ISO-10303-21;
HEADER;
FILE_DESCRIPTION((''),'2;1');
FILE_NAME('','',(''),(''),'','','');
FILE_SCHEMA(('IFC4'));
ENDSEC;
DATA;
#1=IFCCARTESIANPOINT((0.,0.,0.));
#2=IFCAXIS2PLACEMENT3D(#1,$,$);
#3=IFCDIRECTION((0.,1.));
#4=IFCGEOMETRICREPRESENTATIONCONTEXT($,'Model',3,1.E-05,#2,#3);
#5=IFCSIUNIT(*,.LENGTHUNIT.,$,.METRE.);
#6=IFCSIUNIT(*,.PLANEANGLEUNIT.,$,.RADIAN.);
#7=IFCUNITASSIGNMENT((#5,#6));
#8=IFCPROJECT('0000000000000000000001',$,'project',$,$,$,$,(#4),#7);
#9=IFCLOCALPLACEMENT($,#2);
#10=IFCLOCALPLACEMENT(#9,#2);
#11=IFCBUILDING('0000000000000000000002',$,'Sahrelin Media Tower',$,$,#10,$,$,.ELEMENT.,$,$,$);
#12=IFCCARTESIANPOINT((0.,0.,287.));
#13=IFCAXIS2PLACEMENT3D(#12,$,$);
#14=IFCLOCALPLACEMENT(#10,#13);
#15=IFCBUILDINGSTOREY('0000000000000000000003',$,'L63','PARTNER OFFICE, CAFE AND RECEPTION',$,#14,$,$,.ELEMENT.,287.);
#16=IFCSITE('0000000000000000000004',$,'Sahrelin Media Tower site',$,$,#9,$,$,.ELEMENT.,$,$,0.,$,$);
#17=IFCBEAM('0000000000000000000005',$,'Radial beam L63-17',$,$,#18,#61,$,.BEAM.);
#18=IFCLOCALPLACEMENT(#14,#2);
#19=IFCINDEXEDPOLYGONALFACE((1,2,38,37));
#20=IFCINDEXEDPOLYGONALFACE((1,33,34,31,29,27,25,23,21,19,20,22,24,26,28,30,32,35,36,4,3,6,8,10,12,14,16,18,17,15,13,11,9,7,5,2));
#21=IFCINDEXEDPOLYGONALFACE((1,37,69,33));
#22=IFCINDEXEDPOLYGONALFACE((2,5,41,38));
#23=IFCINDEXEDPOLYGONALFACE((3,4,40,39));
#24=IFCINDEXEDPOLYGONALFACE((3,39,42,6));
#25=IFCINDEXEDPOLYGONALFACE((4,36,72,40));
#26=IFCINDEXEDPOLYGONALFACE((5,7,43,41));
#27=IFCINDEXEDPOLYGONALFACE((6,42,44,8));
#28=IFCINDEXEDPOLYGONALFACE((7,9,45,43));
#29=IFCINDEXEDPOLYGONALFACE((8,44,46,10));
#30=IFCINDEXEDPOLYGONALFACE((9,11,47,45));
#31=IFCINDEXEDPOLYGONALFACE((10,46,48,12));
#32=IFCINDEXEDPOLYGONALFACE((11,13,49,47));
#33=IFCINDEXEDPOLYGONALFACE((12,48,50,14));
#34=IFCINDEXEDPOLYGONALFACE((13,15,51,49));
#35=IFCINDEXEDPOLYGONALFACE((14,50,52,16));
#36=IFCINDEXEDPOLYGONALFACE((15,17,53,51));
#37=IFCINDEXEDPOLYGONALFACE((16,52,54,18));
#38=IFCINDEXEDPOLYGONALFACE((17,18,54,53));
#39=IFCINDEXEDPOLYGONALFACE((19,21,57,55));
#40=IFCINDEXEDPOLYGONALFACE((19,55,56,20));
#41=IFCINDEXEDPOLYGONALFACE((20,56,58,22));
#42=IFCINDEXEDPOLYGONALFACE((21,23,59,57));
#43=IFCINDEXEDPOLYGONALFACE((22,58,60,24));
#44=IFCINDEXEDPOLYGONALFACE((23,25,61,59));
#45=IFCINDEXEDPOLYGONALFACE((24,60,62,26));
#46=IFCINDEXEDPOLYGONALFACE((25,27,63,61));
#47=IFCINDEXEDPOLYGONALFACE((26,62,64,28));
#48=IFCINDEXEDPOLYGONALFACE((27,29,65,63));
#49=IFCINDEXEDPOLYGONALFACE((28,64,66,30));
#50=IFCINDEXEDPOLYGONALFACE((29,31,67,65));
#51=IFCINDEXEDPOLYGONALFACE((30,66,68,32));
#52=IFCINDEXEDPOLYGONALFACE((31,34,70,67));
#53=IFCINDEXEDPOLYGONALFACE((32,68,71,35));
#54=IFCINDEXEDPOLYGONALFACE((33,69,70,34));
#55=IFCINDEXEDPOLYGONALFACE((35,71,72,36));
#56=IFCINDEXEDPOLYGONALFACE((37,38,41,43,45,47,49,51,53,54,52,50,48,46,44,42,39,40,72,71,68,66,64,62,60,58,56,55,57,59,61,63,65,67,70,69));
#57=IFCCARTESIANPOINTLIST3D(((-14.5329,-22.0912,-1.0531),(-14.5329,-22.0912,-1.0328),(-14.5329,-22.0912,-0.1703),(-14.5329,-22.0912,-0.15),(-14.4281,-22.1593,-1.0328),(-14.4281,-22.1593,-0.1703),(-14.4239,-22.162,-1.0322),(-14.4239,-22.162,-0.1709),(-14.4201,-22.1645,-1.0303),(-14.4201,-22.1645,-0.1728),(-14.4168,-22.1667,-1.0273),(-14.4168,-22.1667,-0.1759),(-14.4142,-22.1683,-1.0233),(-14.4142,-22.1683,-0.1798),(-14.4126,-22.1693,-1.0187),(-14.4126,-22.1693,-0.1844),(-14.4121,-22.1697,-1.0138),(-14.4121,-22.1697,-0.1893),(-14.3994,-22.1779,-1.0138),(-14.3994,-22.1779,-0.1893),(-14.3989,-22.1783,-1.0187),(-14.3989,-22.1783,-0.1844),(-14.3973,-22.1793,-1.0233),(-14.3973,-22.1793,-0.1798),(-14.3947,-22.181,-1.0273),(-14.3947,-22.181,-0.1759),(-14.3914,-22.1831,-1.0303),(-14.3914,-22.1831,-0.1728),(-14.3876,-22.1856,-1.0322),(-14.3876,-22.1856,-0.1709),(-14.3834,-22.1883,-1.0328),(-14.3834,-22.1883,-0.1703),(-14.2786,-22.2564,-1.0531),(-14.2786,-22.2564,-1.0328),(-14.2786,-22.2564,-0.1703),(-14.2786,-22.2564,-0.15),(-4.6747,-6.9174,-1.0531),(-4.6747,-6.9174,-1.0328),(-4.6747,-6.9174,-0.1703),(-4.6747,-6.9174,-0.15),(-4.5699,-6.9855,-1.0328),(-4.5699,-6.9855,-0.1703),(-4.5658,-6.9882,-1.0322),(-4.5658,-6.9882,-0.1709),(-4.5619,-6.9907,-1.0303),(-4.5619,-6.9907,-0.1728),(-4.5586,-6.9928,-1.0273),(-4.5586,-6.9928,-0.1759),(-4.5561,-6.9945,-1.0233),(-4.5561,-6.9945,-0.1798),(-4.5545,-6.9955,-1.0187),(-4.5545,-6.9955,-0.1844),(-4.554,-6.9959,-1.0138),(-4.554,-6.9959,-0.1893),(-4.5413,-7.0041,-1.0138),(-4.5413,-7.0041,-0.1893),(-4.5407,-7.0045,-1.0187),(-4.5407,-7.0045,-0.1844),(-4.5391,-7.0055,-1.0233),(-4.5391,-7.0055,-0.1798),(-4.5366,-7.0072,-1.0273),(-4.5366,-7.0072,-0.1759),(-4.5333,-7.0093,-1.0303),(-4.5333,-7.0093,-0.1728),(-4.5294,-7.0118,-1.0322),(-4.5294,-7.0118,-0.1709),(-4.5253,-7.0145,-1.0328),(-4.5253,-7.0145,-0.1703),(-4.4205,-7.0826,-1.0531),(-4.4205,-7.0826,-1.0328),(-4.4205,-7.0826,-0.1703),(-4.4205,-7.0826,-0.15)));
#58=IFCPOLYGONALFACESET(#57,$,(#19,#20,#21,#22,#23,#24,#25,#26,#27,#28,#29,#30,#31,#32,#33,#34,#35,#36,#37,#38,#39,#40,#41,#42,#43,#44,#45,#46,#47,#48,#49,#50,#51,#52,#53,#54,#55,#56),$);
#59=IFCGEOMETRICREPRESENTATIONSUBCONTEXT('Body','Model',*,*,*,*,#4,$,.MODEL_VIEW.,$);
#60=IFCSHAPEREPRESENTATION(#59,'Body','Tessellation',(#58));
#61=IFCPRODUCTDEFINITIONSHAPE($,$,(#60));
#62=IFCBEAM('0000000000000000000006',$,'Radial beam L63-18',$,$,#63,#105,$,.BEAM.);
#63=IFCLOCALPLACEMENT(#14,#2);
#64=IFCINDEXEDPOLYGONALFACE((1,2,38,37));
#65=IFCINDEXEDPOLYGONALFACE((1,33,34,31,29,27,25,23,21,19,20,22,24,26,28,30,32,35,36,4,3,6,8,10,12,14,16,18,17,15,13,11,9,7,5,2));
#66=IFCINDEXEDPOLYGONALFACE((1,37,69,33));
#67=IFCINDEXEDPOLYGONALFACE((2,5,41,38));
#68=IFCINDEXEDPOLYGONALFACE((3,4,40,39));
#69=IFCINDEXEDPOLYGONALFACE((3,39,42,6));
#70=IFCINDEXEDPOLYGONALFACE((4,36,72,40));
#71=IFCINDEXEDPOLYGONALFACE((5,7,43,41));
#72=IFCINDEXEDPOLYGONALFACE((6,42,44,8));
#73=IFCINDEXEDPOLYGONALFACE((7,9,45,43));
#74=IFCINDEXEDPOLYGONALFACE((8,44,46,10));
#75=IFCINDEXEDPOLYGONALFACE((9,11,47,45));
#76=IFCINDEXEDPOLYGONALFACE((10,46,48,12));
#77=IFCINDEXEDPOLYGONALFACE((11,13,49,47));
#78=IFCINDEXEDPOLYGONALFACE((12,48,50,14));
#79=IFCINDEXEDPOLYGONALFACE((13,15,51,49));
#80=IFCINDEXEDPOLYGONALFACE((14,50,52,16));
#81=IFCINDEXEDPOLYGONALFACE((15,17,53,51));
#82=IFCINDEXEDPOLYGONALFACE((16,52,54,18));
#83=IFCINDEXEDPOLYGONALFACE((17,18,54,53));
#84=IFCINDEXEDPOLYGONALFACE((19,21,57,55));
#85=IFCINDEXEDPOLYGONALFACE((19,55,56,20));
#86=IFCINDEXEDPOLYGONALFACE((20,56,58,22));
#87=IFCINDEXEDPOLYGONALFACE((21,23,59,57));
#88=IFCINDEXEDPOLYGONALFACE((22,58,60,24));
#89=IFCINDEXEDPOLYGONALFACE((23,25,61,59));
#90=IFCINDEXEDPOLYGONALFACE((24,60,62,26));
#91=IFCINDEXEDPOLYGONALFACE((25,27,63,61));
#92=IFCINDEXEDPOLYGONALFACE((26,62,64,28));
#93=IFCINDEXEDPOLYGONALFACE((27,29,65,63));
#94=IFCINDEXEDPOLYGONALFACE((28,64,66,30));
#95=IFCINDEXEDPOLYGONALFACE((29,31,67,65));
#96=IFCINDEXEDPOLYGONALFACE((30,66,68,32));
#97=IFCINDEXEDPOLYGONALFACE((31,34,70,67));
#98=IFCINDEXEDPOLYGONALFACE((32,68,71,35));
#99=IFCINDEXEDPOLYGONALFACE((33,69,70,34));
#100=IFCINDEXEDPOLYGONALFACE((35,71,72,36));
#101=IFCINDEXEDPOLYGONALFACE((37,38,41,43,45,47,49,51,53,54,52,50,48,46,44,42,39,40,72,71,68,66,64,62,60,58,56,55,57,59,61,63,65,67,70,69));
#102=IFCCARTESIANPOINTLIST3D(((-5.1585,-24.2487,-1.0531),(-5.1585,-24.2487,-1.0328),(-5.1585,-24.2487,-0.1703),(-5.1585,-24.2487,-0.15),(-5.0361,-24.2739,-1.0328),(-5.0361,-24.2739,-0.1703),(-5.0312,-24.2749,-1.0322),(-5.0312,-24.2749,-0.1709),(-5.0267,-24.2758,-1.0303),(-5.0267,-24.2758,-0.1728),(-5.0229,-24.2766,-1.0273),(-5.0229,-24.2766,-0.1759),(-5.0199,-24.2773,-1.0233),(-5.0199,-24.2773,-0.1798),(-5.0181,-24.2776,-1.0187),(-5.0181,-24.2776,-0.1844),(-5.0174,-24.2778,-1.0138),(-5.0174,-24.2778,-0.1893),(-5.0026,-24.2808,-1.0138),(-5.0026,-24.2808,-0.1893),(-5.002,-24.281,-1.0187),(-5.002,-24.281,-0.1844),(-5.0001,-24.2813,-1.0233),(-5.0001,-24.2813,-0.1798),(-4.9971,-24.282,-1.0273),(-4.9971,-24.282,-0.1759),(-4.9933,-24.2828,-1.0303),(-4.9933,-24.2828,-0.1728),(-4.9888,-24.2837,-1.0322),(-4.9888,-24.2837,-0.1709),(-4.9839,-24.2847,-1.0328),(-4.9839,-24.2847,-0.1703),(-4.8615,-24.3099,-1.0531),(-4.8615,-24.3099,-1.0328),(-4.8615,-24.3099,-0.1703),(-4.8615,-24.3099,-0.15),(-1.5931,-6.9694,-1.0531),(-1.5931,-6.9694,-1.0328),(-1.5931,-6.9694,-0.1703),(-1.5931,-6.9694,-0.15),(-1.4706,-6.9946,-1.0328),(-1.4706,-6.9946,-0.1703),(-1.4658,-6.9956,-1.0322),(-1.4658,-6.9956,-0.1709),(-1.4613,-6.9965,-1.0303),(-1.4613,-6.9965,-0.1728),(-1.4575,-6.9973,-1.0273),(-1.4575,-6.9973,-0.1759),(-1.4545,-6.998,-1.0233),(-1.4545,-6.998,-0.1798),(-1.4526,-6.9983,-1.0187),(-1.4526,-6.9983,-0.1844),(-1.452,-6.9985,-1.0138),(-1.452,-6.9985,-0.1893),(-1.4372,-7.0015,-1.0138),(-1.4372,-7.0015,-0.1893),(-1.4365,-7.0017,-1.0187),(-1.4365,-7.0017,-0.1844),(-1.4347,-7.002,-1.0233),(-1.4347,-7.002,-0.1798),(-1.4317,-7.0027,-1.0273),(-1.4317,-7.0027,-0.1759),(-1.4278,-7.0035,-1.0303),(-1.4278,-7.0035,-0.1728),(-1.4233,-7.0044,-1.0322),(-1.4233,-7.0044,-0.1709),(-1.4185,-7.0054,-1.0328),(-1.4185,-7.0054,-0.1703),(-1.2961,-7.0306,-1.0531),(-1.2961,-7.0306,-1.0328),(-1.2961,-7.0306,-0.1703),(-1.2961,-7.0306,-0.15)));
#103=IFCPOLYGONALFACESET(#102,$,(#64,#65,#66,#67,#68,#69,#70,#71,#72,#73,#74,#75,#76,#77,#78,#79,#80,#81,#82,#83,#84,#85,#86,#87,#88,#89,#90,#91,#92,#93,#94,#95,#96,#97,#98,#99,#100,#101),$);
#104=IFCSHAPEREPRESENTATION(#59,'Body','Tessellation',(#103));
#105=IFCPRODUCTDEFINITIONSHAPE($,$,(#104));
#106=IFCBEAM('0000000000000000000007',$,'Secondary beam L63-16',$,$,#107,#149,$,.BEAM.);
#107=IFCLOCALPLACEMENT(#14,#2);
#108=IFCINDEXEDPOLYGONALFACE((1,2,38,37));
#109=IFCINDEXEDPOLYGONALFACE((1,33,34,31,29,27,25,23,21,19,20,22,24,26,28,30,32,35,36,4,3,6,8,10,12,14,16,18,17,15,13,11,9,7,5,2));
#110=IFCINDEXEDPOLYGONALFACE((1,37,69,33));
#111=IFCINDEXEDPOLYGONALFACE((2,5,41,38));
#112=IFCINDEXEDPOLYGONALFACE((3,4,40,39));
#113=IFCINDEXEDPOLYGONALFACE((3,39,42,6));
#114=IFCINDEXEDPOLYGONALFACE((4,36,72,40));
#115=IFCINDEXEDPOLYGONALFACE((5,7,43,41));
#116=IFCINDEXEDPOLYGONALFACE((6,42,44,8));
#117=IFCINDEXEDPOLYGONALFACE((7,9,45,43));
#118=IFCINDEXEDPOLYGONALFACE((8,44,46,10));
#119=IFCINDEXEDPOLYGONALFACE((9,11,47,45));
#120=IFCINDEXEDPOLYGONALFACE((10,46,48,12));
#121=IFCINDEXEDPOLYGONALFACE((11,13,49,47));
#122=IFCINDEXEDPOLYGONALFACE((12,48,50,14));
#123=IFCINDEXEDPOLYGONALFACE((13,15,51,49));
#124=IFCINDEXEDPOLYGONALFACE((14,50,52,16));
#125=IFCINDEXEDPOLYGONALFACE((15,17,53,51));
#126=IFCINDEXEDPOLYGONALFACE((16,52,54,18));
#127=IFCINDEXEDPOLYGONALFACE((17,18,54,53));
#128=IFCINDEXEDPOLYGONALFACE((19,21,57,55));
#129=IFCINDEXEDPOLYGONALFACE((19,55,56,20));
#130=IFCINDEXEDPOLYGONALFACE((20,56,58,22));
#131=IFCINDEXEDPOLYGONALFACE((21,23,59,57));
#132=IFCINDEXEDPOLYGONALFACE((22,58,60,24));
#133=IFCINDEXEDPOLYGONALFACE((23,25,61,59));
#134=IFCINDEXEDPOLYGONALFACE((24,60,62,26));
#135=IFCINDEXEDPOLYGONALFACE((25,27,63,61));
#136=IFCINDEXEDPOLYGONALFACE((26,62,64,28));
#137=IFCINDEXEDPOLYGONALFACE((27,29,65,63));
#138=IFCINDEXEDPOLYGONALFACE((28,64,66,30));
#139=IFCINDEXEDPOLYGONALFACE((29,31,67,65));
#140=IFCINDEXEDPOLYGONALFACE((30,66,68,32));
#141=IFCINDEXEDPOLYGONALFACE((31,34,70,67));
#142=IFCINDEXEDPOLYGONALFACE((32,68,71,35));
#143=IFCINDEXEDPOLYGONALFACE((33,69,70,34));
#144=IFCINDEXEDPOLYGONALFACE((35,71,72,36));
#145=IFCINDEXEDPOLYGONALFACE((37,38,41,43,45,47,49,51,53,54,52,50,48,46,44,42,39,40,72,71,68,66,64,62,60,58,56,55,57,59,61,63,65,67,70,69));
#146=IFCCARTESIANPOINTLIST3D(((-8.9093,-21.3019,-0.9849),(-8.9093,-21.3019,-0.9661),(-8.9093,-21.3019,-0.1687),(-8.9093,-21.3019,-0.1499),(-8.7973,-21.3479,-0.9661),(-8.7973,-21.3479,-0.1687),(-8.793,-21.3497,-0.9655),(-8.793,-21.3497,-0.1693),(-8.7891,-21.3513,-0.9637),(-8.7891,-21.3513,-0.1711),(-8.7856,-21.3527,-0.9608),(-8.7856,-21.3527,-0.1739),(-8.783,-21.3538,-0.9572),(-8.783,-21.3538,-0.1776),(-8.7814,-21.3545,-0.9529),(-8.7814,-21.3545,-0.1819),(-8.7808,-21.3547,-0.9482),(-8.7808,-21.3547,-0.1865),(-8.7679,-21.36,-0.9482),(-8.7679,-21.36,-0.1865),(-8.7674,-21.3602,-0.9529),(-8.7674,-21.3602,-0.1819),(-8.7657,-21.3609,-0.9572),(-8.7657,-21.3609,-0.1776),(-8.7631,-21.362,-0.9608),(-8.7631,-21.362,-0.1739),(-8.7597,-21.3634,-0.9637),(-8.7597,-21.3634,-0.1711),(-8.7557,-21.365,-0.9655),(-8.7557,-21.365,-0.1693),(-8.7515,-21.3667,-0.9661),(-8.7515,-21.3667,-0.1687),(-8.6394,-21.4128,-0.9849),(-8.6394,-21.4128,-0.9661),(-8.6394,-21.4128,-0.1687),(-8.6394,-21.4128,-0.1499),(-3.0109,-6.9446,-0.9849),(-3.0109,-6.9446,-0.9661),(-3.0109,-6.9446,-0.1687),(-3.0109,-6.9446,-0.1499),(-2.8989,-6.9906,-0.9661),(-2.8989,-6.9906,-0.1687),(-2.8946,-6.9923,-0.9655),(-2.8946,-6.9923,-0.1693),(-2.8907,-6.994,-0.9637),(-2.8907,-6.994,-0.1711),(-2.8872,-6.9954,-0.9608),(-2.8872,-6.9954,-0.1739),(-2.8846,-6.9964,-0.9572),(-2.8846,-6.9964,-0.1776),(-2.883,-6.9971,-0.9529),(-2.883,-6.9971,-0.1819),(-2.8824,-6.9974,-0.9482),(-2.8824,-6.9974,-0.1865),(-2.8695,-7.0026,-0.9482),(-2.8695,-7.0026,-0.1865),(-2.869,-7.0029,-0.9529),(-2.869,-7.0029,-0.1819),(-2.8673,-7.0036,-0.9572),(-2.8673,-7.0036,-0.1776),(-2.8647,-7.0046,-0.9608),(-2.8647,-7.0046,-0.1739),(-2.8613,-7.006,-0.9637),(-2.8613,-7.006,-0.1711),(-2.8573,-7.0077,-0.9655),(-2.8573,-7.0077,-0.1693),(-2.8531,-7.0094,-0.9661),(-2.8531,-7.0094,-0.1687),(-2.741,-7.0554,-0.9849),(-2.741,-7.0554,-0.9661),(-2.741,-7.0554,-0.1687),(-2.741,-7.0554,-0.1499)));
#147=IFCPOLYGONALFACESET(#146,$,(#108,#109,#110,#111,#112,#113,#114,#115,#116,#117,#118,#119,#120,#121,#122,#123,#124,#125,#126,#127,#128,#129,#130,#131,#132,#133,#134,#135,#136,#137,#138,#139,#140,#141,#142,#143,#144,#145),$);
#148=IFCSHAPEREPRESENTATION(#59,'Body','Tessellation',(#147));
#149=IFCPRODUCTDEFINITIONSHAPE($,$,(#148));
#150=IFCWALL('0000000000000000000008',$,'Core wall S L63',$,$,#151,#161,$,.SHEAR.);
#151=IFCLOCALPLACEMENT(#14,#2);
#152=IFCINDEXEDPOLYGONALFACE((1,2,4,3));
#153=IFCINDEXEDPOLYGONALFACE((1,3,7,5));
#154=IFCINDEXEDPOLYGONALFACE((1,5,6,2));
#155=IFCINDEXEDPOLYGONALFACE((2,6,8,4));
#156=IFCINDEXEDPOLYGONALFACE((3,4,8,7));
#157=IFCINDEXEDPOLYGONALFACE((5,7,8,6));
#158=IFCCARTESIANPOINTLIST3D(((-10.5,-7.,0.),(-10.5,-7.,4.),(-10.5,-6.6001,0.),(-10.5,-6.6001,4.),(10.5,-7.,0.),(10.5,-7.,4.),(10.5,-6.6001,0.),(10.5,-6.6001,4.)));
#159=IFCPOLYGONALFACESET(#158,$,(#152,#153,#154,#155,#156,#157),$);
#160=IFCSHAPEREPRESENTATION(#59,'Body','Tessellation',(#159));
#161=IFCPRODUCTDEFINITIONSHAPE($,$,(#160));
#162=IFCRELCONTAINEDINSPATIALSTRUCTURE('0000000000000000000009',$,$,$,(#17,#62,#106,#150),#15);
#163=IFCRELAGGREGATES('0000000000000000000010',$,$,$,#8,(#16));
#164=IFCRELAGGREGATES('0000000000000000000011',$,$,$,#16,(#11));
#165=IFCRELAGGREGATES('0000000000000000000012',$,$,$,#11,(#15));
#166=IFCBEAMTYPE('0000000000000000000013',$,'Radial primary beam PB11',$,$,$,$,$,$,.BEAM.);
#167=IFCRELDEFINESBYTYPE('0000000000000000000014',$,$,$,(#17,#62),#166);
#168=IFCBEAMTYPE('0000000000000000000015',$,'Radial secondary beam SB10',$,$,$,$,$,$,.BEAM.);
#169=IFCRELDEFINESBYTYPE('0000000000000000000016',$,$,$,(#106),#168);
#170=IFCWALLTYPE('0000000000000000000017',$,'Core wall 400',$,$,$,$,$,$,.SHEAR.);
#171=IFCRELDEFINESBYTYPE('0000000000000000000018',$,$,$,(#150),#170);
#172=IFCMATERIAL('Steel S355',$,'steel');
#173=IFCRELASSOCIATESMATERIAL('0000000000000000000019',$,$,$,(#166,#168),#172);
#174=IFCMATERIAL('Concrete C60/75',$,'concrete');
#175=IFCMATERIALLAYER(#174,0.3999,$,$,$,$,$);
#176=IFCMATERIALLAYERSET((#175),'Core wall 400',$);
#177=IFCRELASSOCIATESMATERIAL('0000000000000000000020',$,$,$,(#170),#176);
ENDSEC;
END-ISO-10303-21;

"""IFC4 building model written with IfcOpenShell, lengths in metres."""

from ifc_helpers import new_model, si_unit, direction, frame, frame_2d, origin, origin_2d, place, context, subcontext, project, spatial, rectangle, i_section, extrude, material, layer, layer_set, material_profile, profile_set, type_object, element, save


model = new_model("IFC4")

# Units and contexts
model_context = context("Model", 3, precision=1e-05, world=origin(), true_north=direction((0.0, 1.0)))
body_context = subcontext(model_context, "Body", "Model", "MODEL_VIEW")
ifc_project = project(units=[si_unit("LENGTHUNIT", "METRE"), si_unit("PLANEANGLEUNIT", "RADIAN")], contexts=[model_context])

# Site, building, storey
site_placement = place(None, origin())
site = spatial("IfcSite", under=ifc_project, at=site_placement, Name="Sahrelin Media Tower site", CompositionType="ELEMENT", RefElevation=0.0)
building_placement = place(site_placement, origin())
building = spatial("IfcBuilding", under=site, at=building_placement, Name="Sahrelin Media Tower", CompositionType="ELEMENT")
storey_placement = place(building_placement, frame((0.0, 0.0, 287.0)))
storey = spatial("IfcBuildingStorey", under=building, at=storey_placement, Name="L63", Description="PARTNER OFFICE, CAFE AND RECEPTION", CompositionType="ELEMENT", Elevation=287.0)

# Beams
ifc_material_1 = material(Name="Steel S355", Category="steel")
ifc_material_profile_1 = material_profile(ifc_material_1, i_section(OverallWidth=0.3032, OverallDepth=0.9031, WebThickness=0.0151, FlangeThickness=0.0203, FilletRadius=0.019, at=origin_2d()), Name="UB 914x305x201")
ifc_profile_set_1 = profile_set([ifc_material_profile_1], Name="Steel S355")
beam_type_1 = type_object("IfcBeamType", Name="Radial primary beam PB11", PredefinedType="BEAM", material=ifc_profile_set_1)
beam_1_placement = place(storey_placement, frame((-4.5476, -7.0, -0.6016), z_axis=(-0.544801, -0.838566, 0.0), x_axis=(0.838566, -0.544801, 0.0)))
element("IfcBeam", 1, at=beam_1_placement, inside=storey, type_object=beam_type_1, Name="Radial beam L63-17", PredefinedType="BEAM", context=body_context, shape_type="SweptSolid", body=[
    extrude(i_section(OverallWidth=0.3032, OverallDepth=0.9031, WebThickness=0.0151, FlangeThickness=0.0203, FilletRadius=0.019, at=origin_2d()), origin(), (0.0, 0.0, 1.0), 18.095),
])
beam_2_placement = place(storey_placement, frame((-1.4446, -7.0, -0.6016), z_axis=(-0.202084, -0.979368, 0.0), x_axis=(0.979368, -0.202084, 0.0)))
element("IfcBeam", 2, at=beam_2_placement, inside=storey, type_object=beam_type_1, Name="Radial beam L63-18", PredefinedType="BEAM", context=body_context, shape_type="SweptSolid", body=[
    extrude(i_section(OverallWidth=0.3032, OverallDepth=0.9031, WebThickness=0.0151, FlangeThickness=0.0203, FilletRadius=0.019, at=origin_2d()), origin(), (0.0, 0.0, 1.0), 17.6433),
])
ifc_material_profile_2 = material_profile(ifc_material_1, i_section(OverallWidth=0.2917, OverallDepth=0.835, WebThickness=0.0139, FlangeThickness=0.0188, FilletRadius=0.0178, at=origin_2d()), Name="UB 838x292x176")
ifc_profile_set_2 = profile_set([ifc_material_profile_2], Name="Steel S355")
beam_type_2 = type_object("IfcBeamType", Name="Radial secondary beam SB10", PredefinedType="BEAM", material=ifc_profile_set_2)
beam_3_placement = place(storey_placement, frame((-2.876, -7.0, -0.5674), z_axis=(-0.380009, -0.924983, 0.0), x_axis=(0.924983, -0.380009, 0.0)))
element("IfcBeam", 3, at=beam_3_placement, inside=storey, type_object=beam_type_2, Name="Secondary beam L63-16", PredefinedType="BEAM", context=body_context, shape_type="SweptSolid", body=[
    extrude(i_section(OverallWidth=0.2917, OverallDepth=0.835, WebThickness=0.0139, FlangeThickness=0.0188, FilletRadius=0.0178, at=origin_2d()), origin(), (0.0, 0.0, 1.0), 15.5217),
])

# Wall
ifc_material_2 = material(Name="Concrete C60/75", Category="concrete")
ifc_layer_1 = layer(ifc_material_2, 0.3999)
ifc_layer_set_1 = layer_set([ifc_layer_1], Name="Core wall 400")
wall_type_1 = type_object("IfcWallType", Name="Core wall 400", PredefinedType="SHEAR", material=ifc_layer_set_1)
wall_1_placement = place(storey_placement, frame((-10.5, -6.8, 0.0), z_axis=(0.0, 0.0, 1.0), x_axis=(1.0, 0.0, 0.0)))
element("IfcWall", 4, at=wall_1_placement, inside=storey, type_object=wall_type_1, Name="Core wall S L63", PredefinedType="SHEAR", context=body_context, shape_type="SweptSolid", body=[
    extrude(rectangle(XDim=21.0, YDim=0.3999, at=frame_2d((10.5, 0.0))), origin(), (0.0, 0.0, 1.0), 4.0),
])

save(model, "model.ifc")
